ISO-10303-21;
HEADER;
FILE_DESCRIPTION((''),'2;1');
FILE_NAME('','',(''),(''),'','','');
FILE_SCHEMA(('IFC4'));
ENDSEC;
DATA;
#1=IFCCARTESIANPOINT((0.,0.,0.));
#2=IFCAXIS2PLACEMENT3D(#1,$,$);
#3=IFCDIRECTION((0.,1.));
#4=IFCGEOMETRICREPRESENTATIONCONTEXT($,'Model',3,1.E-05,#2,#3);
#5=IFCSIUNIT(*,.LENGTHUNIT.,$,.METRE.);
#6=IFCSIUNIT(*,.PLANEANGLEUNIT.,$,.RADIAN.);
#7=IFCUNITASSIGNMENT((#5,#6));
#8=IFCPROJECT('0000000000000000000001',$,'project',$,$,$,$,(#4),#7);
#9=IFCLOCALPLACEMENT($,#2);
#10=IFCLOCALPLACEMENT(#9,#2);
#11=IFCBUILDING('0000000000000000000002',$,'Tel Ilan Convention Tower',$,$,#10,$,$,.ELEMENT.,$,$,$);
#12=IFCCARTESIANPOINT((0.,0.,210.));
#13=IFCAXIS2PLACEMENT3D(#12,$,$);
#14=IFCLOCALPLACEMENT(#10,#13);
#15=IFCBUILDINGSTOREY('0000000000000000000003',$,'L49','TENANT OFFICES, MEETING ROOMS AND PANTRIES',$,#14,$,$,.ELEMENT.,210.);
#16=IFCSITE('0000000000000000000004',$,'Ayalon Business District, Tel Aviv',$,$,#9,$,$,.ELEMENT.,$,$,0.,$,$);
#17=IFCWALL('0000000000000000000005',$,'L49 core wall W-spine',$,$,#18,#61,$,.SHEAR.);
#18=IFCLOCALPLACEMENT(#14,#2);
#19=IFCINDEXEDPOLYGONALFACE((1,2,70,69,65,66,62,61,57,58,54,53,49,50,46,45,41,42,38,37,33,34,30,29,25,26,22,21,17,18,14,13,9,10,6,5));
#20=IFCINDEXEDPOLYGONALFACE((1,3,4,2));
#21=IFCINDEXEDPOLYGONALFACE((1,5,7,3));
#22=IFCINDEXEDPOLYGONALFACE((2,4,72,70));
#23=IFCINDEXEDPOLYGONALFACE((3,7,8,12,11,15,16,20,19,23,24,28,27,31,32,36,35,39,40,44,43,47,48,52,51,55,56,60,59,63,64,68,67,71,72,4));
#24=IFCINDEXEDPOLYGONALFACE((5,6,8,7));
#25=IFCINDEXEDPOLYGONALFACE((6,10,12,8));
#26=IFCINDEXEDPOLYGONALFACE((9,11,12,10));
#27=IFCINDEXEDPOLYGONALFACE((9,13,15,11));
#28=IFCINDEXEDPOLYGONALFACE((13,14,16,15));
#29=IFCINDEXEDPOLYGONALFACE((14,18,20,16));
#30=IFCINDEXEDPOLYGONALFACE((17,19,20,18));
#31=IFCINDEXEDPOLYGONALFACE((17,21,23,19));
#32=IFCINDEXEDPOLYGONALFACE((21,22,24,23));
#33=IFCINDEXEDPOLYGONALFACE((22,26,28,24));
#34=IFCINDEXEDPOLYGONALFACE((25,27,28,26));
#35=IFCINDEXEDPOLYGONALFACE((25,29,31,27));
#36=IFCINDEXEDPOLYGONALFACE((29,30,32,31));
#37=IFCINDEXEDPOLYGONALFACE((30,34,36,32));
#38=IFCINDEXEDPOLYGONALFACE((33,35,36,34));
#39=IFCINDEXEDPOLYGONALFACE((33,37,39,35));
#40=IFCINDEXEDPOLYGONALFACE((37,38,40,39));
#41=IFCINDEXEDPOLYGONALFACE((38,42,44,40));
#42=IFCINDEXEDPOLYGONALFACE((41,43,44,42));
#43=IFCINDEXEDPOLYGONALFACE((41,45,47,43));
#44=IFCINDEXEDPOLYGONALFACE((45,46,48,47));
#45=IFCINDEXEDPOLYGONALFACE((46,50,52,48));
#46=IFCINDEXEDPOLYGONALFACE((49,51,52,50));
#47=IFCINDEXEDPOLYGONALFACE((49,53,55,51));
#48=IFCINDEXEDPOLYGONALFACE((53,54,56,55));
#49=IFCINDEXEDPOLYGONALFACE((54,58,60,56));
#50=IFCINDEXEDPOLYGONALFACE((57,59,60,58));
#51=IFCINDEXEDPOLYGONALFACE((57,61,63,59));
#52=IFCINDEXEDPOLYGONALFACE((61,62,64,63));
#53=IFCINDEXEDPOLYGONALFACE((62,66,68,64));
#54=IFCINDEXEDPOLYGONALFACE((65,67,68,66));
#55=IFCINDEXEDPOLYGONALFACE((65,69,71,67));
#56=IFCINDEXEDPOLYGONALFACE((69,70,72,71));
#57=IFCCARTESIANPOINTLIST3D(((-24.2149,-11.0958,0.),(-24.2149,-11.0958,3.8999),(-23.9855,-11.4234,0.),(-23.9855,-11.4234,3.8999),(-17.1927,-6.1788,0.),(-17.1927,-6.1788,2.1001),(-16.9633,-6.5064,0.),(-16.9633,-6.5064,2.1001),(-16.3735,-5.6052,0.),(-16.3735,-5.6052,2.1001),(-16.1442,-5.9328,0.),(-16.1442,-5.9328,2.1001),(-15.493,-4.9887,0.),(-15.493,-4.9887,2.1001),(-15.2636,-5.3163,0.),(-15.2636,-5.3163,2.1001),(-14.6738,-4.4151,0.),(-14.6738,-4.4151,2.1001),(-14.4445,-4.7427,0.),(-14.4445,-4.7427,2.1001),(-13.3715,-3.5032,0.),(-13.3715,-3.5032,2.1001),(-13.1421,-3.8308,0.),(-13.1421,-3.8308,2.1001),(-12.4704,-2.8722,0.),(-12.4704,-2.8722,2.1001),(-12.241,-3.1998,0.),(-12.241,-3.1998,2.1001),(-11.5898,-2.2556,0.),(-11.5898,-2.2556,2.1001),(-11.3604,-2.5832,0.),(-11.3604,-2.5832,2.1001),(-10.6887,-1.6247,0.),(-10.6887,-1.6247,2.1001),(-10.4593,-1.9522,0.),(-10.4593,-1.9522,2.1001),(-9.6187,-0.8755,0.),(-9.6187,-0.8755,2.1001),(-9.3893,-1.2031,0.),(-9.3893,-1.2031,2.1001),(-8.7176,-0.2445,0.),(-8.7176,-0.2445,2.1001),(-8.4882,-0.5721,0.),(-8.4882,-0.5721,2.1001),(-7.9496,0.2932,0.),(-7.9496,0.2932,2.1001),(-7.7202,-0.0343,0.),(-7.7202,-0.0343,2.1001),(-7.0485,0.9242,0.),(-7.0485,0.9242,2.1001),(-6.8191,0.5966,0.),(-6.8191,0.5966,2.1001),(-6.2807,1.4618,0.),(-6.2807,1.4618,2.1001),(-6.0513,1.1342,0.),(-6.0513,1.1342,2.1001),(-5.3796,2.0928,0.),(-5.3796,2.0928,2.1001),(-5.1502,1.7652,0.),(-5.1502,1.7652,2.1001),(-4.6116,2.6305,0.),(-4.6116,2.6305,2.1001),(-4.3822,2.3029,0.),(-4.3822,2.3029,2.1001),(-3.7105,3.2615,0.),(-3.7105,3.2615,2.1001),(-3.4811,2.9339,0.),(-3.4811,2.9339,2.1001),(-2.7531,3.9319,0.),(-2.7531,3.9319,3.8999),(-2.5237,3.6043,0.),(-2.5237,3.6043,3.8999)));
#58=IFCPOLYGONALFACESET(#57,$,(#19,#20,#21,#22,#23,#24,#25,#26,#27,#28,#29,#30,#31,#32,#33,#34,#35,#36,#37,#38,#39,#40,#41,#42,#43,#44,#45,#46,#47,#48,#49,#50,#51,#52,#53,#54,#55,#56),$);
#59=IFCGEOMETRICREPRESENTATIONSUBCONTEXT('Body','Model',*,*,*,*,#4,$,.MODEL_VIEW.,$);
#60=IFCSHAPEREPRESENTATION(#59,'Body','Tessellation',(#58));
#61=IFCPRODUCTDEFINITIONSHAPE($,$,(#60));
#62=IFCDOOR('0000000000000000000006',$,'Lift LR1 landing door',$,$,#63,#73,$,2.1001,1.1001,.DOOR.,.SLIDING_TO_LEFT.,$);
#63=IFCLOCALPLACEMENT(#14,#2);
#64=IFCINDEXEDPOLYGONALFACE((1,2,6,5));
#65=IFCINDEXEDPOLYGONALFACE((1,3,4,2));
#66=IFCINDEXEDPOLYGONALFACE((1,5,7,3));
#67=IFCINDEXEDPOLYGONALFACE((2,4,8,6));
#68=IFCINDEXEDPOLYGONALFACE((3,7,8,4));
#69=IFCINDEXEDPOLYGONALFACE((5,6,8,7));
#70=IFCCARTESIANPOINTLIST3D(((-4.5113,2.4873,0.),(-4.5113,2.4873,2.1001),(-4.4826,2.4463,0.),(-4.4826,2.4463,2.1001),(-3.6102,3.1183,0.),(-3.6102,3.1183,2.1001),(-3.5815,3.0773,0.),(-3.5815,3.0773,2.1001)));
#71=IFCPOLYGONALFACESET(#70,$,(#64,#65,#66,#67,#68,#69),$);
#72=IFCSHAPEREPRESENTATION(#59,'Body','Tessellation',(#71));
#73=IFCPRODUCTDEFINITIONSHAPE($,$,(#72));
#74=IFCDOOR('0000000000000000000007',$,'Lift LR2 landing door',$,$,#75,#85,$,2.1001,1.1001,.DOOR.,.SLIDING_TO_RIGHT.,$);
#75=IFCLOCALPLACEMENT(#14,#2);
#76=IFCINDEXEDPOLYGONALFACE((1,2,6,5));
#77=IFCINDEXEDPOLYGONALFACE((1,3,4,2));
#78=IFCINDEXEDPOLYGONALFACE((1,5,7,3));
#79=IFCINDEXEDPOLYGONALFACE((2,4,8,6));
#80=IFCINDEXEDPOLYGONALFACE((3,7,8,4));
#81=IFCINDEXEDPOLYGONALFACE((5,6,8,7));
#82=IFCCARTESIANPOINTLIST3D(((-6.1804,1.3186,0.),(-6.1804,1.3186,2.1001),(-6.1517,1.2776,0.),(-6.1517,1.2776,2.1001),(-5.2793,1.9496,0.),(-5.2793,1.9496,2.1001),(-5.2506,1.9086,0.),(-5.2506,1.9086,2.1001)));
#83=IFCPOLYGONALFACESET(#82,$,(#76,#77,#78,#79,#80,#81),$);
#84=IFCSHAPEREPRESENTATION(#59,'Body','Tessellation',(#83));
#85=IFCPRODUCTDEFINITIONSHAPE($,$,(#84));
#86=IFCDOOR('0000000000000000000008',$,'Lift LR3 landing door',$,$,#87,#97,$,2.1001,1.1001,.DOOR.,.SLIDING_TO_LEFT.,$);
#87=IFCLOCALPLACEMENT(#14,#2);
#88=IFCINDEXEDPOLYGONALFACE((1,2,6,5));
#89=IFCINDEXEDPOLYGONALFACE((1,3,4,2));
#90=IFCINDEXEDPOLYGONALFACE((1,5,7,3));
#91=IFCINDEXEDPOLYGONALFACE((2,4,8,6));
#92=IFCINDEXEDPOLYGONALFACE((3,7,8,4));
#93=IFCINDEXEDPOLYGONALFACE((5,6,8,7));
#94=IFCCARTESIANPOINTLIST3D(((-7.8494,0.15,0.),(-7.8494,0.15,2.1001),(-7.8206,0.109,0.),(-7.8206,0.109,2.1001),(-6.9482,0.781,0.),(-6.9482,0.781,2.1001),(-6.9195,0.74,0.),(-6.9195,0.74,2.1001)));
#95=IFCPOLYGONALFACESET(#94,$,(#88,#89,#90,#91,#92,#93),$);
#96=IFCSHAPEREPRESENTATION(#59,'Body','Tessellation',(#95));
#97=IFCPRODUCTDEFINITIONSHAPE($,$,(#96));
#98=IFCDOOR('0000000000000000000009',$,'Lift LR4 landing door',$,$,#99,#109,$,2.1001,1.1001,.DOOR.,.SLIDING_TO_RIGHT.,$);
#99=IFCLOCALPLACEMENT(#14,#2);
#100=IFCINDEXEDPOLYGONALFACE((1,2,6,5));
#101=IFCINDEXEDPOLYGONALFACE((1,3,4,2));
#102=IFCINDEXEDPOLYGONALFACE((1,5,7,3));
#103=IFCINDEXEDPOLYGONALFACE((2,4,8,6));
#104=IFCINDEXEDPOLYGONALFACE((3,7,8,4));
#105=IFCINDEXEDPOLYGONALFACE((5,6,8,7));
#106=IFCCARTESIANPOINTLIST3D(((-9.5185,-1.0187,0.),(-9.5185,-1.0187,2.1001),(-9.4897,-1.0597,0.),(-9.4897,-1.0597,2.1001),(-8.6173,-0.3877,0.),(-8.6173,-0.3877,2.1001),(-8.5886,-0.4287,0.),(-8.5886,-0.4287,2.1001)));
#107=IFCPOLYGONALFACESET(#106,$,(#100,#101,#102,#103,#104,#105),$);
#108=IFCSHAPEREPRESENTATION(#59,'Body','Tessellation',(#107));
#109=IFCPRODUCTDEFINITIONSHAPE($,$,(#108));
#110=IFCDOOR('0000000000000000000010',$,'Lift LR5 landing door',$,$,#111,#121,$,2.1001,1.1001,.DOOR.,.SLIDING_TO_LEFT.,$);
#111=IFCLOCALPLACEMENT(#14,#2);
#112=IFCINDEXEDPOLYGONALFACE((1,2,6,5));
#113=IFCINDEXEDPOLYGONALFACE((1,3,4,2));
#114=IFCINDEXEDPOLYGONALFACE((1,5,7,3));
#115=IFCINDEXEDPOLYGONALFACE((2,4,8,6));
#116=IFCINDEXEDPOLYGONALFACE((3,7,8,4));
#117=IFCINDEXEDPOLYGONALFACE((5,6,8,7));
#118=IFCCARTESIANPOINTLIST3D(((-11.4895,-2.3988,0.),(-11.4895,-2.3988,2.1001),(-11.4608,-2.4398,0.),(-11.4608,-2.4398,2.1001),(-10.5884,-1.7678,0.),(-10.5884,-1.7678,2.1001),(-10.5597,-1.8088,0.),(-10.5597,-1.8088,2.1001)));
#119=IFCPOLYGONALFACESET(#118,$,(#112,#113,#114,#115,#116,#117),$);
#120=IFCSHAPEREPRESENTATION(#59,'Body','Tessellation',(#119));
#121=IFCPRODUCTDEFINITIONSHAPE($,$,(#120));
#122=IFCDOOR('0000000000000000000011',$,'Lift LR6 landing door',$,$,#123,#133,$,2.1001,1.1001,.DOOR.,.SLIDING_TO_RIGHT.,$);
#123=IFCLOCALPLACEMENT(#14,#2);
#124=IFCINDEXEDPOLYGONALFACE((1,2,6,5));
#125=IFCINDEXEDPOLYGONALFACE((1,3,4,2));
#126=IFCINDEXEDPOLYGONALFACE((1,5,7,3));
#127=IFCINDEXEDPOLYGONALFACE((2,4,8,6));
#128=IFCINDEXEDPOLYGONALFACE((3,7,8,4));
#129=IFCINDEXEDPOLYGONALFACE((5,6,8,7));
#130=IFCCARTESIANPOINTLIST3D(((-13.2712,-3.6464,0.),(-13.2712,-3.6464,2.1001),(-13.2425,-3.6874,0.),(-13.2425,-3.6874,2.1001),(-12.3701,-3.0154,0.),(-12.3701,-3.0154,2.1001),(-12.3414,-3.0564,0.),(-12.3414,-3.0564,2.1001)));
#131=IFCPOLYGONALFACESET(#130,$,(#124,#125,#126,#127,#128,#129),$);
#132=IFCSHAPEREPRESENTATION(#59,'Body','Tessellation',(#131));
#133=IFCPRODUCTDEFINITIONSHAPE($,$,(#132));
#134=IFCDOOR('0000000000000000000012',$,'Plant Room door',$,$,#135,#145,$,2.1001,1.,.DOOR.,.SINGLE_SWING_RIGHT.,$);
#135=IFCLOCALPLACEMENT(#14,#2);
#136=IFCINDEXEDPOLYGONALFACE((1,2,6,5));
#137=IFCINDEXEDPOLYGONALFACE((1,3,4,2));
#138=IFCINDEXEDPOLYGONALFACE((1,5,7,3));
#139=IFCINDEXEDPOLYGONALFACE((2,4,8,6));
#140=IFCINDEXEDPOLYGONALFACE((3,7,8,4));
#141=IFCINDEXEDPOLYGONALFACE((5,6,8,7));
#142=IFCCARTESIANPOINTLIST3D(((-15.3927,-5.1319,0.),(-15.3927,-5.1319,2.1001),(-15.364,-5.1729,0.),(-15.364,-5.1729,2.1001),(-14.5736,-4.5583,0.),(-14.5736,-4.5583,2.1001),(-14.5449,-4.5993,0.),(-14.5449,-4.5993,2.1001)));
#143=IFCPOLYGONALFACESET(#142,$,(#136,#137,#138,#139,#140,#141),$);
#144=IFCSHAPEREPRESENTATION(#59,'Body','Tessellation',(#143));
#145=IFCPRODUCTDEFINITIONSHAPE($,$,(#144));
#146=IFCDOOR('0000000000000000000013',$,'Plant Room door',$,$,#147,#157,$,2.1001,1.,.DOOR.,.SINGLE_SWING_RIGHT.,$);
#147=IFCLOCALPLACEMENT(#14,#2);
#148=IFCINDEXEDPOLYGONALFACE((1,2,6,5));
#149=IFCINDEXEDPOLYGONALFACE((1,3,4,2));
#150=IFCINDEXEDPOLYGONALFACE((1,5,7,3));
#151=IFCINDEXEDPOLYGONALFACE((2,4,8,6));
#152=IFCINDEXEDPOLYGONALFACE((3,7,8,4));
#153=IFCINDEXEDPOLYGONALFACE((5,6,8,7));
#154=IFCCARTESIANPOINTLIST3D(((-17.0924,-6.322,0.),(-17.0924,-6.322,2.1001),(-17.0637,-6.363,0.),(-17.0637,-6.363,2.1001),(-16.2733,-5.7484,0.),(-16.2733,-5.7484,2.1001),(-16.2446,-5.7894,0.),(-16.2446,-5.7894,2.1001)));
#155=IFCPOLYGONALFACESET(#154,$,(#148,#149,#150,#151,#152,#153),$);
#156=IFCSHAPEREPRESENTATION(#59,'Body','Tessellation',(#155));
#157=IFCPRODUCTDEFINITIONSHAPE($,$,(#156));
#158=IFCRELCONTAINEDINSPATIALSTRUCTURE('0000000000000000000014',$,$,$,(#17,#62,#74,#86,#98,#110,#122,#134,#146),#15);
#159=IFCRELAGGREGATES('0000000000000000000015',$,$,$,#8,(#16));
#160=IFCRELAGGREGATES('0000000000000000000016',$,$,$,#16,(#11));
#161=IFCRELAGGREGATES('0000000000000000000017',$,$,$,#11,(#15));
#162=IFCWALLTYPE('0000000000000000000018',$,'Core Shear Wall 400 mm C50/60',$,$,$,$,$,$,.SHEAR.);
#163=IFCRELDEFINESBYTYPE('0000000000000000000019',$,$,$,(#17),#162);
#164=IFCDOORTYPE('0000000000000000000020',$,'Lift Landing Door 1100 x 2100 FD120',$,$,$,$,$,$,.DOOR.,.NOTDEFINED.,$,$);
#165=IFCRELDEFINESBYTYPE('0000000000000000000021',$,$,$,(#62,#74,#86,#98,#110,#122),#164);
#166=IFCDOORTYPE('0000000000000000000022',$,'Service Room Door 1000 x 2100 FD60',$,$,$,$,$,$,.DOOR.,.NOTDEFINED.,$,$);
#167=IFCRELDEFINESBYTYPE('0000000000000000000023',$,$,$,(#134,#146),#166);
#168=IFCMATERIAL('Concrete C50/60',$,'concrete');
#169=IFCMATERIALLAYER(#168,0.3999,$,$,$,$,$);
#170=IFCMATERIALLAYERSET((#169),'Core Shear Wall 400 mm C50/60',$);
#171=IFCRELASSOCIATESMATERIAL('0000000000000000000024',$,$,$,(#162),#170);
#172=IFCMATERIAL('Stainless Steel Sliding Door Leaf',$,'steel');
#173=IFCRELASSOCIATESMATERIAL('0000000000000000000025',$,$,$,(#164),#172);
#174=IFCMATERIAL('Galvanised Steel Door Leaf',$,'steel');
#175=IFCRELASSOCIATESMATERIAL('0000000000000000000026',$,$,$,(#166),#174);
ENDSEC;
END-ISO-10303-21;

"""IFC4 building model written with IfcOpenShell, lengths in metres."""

from ifc_helpers import new_model, si_unit, direction, frame, frame_2d, origin, place, context, subcontext, project, spatial, polyline, rectangle, outline, extrude, material, layer, layer_set, type_object, element, fill, save


model = new_model("IFC4")

# Units and contexts
model_context = context("Model", 3, precision=1e-05, world=origin(), true_north=direction((0.0, 1.0)))
body_context = subcontext(model_context, "Body", "Model", "MODEL_VIEW")
ifc_project = project(units=[si_unit("LENGTHUNIT", "METRE"), si_unit("PLANEANGLEUNIT", "RADIAN")], contexts=[model_context])

# Site, building, storey
site_placement = place(None, origin())
site = spatial("IfcSite", under=ifc_project, at=site_placement, Name="Ayalon Business District, Tel Aviv", CompositionType="ELEMENT", RefElevation=0.0)
building_placement = place(site_placement, origin())
building = spatial("IfcBuilding", under=site, at=building_placement, Name="Tel Ilan Convention Tower", CompositionType="ELEMENT")
storey_placement = place(building_placement, frame((0.0, 0.0, 210.0)))
storey = spatial("IfcBuildingStorey", under=building, at=storey_placement, Name="L49", Description="TENANT OFFICES, MEETING ROOMS AND PANTRIES", CompositionType="ELEMENT", Elevation=210.0)

# Wall, openings, doors
ifc_material_1 = material(Name="Concrete C50/60", Category="concrete")
ifc_layer_1 = layer(ifc_material_1, 0.3999)
ifc_layer_set_1 = layer_set([ifc_layer_1], Name="Core Shear Wall 400 mm C50/60")
wall_type_1 = type_object("IfcWallType", Name="Core Shear Wall 400 mm C50/60", PredefinedType="SHEAR", material=ifc_layer_set_1)
wall_1_placement = place(storey_placement, frame((-2.6384, 3.7681, 0.0), z_axis=(0.0, 0.0, 1.0), x_axis=(-0.819153, -0.573576, 0.0)))
wall_1 = element("IfcWall", 1, at=wall_1_placement, inside=storey, type_object=wall_type_1, Name="L49 core wall W-spine", PredefinedType="SHEAR", context=body_context, shape_type="SweptSolid", body=[
    extrude(outline(polyline([(26.2, 0.2), (0.0, 0.2), (0.0, -0.2), (26.2, -0.2), (26.2, 0.2)])), origin(), (0.0, 0.0, 1.0), 3.8999),
])
opening_1_placement = place(wall_1_placement, frame((1.1687, 0.0, 0.0)))
opening_1 = element("IfcOpeningElement", 2, at=opening_1_placement, cuts=wall_1, PredefinedType="OPENING", context=body_context, shape_type="SweptSolid", body=[
    extrude(rectangle(XDim=1.1001, YDim=2.1001, at=frame_2d((0.55, 1.05))), frame((0.0, 0.21, 0.0), z_axis=(0.0, -1.0, 0.0), x_axis=(1.0, 0.0, 0.0)), (0.0, 0.0, 1.0), 0.4199),
])
opening_2_placement = place(wall_1_placement, frame((3.2063, 0.0, 0.0)))
opening_2 = element("IfcOpeningElement", 3, at=opening_2_placement, cuts=wall_1, PredefinedType="OPENING", context=body_context, shape_type="SweptSolid", body=[
    extrude(rectangle(XDim=1.1001, YDim=2.1001, at=frame_2d((0.55, 1.05))), frame((0.0, 0.21, 0.0), z_axis=(0.0, -1.0, 0.0), x_axis=(1.0, 0.0, 0.0)), (0.0, 0.0, 1.0), 0.4199),
])
opening_3_placement = place(wall_1_placement, frame((5.2437, 0.0, 0.0)))
opening_3 = element("IfcOpeningElement", 4, at=opening_3_placement, cuts=wall_1, PredefinedType="OPENING", context=body_context, shape_type="SweptSolid", body=[
    extrude(rectangle(XDim=1.1001, YDim=2.1001, at=frame_2d((0.55, 1.05))), frame((0.0, 0.21, 0.0), z_axis=(0.0, -1.0, 0.0), x_axis=(1.0, 0.0, 0.0)), (0.0, 0.0, 1.0), 0.4199),
])
opening_4_placement = place(wall_1_placement, frame((7.2812, 0.0, 0.0)))
opening_4 = element("IfcOpeningElement", 5, at=opening_4_placement, cuts=wall_1, PredefinedType="OPENING", context=body_context, shape_type="SweptSolid", body=[
    extrude(rectangle(XDim=1.1001, YDim=2.1001, at=frame_2d((0.55, 1.05))), frame((0.0, 0.21, 0.0), z_axis=(0.0, -1.0, 0.0), x_axis=(1.0, 0.0, 0.0)), (0.0, 0.0, 1.0), 0.4199),
])
opening_5_placement = place(wall_1_placement, frame((9.6875, 0.0, 0.0)))
opening_5 = element("IfcOpeningElement", 6, at=opening_5_placement, cuts=wall_1, PredefinedType="OPENING", context=body_context, shape_type="SweptSolid", body=[
    extrude(rectangle(XDim=1.1001, YDim=2.1001, at=frame_2d((0.55, 1.05))), frame((0.0, 0.21, 0.0), z_axis=(0.0, -1.0, 0.0), x_axis=(1.0, 0.0, 0.0)), (0.0, 0.0, 1.0), 0.4199),
])
opening_6_placement = place(wall_1_placement, frame((11.8625, 0.0, 0.0)))
opening_6 = element("IfcOpeningElement", 7, at=opening_6_placement, cuts=wall_1, PredefinedType="OPENING", context=body_context, shape_type="SweptSolid", body=[
    extrude(rectangle(XDim=1.1001, YDim=2.1001, at=frame_2d((0.55, 1.05))), frame((0.0, 0.21, 0.0), z_axis=(0.0, -1.0, 0.0), x_axis=(1.0, 0.0, 0.0)), (0.0, 0.0, 1.0), 0.4199),
])
opening_7_placement = place(wall_1_placement, frame((14.5525, 0.0, 0.0)))
opening_7 = element("IfcOpeningElement", 8, at=opening_7_placement, cuts=wall_1, PredefinedType="OPENING", context=body_context, shape_type="SweptSolid", body=[
    extrude(rectangle(XDim=1.0, YDim=2.1001, at=frame_2d((0.5, 1.05))), frame((0.0, 0.21, 0.0), z_axis=(0.0, -1.0, 0.0), x_axis=(1.0, 0.0, 0.0)), (0.0, 0.0, 1.0), 0.4199),
])
opening_8_placement = place(wall_1_placement, frame((16.6274, 0.0, 0.0)))
opening_8 = element("IfcOpeningElement", 9, at=opening_8_placement, cuts=wall_1, PredefinedType="OPENING", context=body_context, shape_type="SweptSolid", body=[
    extrude(rectangle(XDim=1.0, YDim=2.1001, at=frame_2d((0.5, 1.05))), frame((0.0, 0.21, 0.0), z_axis=(0.0, -1.0, 0.0), x_axis=(1.0, 0.0, 0.0)), (0.0, 0.0, 1.0), 0.4199),
])
ifc_material_2 = material(Name="Stainless Steel Sliding Door Leaf", Category="steel")
door_type_1 = type_object("IfcDoorType", Name="Lift Landing Door 1100 x 2100 FD120", OperationType="NOTDEFINED", PredefinedType="DOOR", material=ifc_material_2)
door_1_placement = place(opening_1_placement, origin())
door_1 = element("IfcDoor", 10, at=door_1_placement, inside=storey, type_object=door_type_1, Name="Lift LR1 landing door", OperationType="SLIDING_TO_LEFT", OverallHeight=2.1001, OverallWidth=1.1001, PredefinedType="DOOR", context=body_context, shape_type="SweptSolid", body=[
    extrude(rectangle(XDim=1.1001, YDim=2.1001, at=frame_2d((0.55, 1.05))), frame((0.0, 0.0249, 0.0), z_axis=(0.0, -1.0, 0.0), x_axis=(1.0, 0.0, 0.0)), (0.0, 0.0, 1.0), 0.05),
])
fill(opening_1, door_1)
door_2_placement = place(opening_2_placement, origin())
door_2 = element("IfcDoor", 11, at=door_2_placement, inside=storey, type_object=door_type_1, Name="Lift LR2 landing door", OperationType="SLIDING_TO_RIGHT", OverallHeight=2.1001, OverallWidth=1.1001, PredefinedType="DOOR", context=body_context, shape_type="SweptSolid", body=[
    extrude(rectangle(XDim=1.1001, YDim=2.1001, at=frame_2d((0.55, 1.05))), frame((0.0, 0.0249, 0.0), z_axis=(0.0, -1.0, 0.0), x_axis=(1.0, 0.0, 0.0)), (0.0, 0.0, 1.0), 0.05),
])
fill(opening_2, door_2)
door_3_placement = place(opening_3_placement, origin())
door_3 = element("IfcDoor", 12, at=door_3_placement, inside=storey, type_object=door_type_1, Name="Lift LR3 landing door", OperationType="SLIDING_TO_LEFT", OverallHeight=2.1001, OverallWidth=1.1001, PredefinedType="DOOR", context=body_context, shape_type="SweptSolid", body=[
    extrude(rectangle(XDim=1.1001, YDim=2.1001, at=frame_2d((0.55, 1.05))), frame((0.0, 0.0249, 0.0), z_axis=(0.0, -1.0, 0.0), x_axis=(1.0, 0.0, 0.0)), (0.0, 0.0, 1.0), 0.05),
])
fill(opening_3, door_3)
door_4_placement = place(opening_4_placement, origin())
door_4 = element("IfcDoor", 13, at=door_4_placement, inside=storey, type_object=door_type_1, Name="Lift LR4 landing door", OperationType="SLIDING_TO_RIGHT", OverallHeight=2.1001, OverallWidth=1.1001, PredefinedType="DOOR", context=body_context, shape_type="SweptSolid", body=[
    extrude(rectangle(XDim=1.1001, YDim=2.1001, at=frame_2d((0.55, 1.05))), frame((0.0, 0.0249, 0.0), z_axis=(0.0, -1.0, 0.0), x_axis=(1.0, 0.0, 0.0)), (0.0, 0.0, 1.0), 0.05),
])
fill(opening_4, door_4)
door_5_placement = place(opening_5_placement, origin())
door_5 = element("IfcDoor", 14, at=door_5_placement, inside=storey, type_object=door_type_1, Name="Lift LR5 landing door", OperationType="SLIDING_TO_LEFT", OverallHeight=2.1001, OverallWidth=1.1001, PredefinedType="DOOR", context=body_context, shape_type="SweptSolid", body=[
    extrude(rectangle(XDim=1.1001, YDim=2.1001, at=frame_2d((0.55, 1.05))), frame((0.0, 0.0249, 0.0), z_axis=(0.0, -1.0, 0.0), x_axis=(1.0, 0.0, 0.0)), (0.0, 0.0, 1.0), 0.05),
])
fill(opening_5, door_5)
door_6_placement = place(opening_6_placement, origin())
door_6 = element("IfcDoor", 15, at=door_6_placement, inside=storey, type_object=door_type_1, Name="Lift LR6 landing door", OperationType="SLIDING_TO_RIGHT", OverallHeight=2.1001, OverallWidth=1.1001, PredefinedType="DOOR", context=body_context, shape_type="SweptSolid", body=[
    extrude(rectangle(XDim=1.1001, YDim=2.1001, at=frame_2d((0.55, 1.05))), frame((0.0, 0.0249, 0.0), z_axis=(0.0, -1.0, 0.0), x_axis=(1.0, 0.0, 0.0)), (0.0, 0.0, 1.0), 0.05),
])
fill(opening_6, door_6)
ifc_material_3 = material(Name="Galvanised Steel Door Leaf", Category="steel")
door_type_2 = type_object("IfcDoorType", Name="Service Room Door 1000 x 2100 FD60", OperationType="NOTDEFINED", PredefinedType="DOOR", material=ifc_material_3)
door_7_placement = place(opening_7_placement, origin())
door_7 = element("IfcDoor", 16, at=door_7_placement, inside=storey, type_object=door_type_2, Name="Plant Room door", OperationType="SINGLE_SWING_RIGHT", OverallHeight=2.1001, OverallWidth=1.0, PredefinedType="DOOR", context=body_context, shape_type="SweptSolid", body=[
    extrude(rectangle(XDim=1.0, YDim=2.1001, at=frame_2d((0.5, 1.05))), frame((0.0, 0.0249, 0.0), z_axis=(0.0, -1.0, 0.0), x_axis=(1.0, 0.0, 0.0)), (0.0, 0.0, 1.0), 0.05),
])
fill(opening_7, door_7)
door_8_placement = place(opening_8_placement, origin())
door_8 = element("IfcDoor", 17, at=door_8_placement, inside=storey, type_object=door_type_2, Name="Plant Room door", OperationType="SINGLE_SWING_RIGHT", OverallHeight=2.1001, OverallWidth=1.0, PredefinedType="DOOR", context=body_context, shape_type="SweptSolid", body=[
    extrude(rectangle(XDim=1.0, YDim=2.1001, at=frame_2d((0.5, 1.05))), frame((0.0, 0.0249, 0.0), z_axis=(0.0, -1.0, 0.0), x_axis=(1.0, 0.0, 0.0)), (0.0, 0.0, 1.0), 0.05),
])
fill(opening_8, door_8)

save(model, "model.ifc")
